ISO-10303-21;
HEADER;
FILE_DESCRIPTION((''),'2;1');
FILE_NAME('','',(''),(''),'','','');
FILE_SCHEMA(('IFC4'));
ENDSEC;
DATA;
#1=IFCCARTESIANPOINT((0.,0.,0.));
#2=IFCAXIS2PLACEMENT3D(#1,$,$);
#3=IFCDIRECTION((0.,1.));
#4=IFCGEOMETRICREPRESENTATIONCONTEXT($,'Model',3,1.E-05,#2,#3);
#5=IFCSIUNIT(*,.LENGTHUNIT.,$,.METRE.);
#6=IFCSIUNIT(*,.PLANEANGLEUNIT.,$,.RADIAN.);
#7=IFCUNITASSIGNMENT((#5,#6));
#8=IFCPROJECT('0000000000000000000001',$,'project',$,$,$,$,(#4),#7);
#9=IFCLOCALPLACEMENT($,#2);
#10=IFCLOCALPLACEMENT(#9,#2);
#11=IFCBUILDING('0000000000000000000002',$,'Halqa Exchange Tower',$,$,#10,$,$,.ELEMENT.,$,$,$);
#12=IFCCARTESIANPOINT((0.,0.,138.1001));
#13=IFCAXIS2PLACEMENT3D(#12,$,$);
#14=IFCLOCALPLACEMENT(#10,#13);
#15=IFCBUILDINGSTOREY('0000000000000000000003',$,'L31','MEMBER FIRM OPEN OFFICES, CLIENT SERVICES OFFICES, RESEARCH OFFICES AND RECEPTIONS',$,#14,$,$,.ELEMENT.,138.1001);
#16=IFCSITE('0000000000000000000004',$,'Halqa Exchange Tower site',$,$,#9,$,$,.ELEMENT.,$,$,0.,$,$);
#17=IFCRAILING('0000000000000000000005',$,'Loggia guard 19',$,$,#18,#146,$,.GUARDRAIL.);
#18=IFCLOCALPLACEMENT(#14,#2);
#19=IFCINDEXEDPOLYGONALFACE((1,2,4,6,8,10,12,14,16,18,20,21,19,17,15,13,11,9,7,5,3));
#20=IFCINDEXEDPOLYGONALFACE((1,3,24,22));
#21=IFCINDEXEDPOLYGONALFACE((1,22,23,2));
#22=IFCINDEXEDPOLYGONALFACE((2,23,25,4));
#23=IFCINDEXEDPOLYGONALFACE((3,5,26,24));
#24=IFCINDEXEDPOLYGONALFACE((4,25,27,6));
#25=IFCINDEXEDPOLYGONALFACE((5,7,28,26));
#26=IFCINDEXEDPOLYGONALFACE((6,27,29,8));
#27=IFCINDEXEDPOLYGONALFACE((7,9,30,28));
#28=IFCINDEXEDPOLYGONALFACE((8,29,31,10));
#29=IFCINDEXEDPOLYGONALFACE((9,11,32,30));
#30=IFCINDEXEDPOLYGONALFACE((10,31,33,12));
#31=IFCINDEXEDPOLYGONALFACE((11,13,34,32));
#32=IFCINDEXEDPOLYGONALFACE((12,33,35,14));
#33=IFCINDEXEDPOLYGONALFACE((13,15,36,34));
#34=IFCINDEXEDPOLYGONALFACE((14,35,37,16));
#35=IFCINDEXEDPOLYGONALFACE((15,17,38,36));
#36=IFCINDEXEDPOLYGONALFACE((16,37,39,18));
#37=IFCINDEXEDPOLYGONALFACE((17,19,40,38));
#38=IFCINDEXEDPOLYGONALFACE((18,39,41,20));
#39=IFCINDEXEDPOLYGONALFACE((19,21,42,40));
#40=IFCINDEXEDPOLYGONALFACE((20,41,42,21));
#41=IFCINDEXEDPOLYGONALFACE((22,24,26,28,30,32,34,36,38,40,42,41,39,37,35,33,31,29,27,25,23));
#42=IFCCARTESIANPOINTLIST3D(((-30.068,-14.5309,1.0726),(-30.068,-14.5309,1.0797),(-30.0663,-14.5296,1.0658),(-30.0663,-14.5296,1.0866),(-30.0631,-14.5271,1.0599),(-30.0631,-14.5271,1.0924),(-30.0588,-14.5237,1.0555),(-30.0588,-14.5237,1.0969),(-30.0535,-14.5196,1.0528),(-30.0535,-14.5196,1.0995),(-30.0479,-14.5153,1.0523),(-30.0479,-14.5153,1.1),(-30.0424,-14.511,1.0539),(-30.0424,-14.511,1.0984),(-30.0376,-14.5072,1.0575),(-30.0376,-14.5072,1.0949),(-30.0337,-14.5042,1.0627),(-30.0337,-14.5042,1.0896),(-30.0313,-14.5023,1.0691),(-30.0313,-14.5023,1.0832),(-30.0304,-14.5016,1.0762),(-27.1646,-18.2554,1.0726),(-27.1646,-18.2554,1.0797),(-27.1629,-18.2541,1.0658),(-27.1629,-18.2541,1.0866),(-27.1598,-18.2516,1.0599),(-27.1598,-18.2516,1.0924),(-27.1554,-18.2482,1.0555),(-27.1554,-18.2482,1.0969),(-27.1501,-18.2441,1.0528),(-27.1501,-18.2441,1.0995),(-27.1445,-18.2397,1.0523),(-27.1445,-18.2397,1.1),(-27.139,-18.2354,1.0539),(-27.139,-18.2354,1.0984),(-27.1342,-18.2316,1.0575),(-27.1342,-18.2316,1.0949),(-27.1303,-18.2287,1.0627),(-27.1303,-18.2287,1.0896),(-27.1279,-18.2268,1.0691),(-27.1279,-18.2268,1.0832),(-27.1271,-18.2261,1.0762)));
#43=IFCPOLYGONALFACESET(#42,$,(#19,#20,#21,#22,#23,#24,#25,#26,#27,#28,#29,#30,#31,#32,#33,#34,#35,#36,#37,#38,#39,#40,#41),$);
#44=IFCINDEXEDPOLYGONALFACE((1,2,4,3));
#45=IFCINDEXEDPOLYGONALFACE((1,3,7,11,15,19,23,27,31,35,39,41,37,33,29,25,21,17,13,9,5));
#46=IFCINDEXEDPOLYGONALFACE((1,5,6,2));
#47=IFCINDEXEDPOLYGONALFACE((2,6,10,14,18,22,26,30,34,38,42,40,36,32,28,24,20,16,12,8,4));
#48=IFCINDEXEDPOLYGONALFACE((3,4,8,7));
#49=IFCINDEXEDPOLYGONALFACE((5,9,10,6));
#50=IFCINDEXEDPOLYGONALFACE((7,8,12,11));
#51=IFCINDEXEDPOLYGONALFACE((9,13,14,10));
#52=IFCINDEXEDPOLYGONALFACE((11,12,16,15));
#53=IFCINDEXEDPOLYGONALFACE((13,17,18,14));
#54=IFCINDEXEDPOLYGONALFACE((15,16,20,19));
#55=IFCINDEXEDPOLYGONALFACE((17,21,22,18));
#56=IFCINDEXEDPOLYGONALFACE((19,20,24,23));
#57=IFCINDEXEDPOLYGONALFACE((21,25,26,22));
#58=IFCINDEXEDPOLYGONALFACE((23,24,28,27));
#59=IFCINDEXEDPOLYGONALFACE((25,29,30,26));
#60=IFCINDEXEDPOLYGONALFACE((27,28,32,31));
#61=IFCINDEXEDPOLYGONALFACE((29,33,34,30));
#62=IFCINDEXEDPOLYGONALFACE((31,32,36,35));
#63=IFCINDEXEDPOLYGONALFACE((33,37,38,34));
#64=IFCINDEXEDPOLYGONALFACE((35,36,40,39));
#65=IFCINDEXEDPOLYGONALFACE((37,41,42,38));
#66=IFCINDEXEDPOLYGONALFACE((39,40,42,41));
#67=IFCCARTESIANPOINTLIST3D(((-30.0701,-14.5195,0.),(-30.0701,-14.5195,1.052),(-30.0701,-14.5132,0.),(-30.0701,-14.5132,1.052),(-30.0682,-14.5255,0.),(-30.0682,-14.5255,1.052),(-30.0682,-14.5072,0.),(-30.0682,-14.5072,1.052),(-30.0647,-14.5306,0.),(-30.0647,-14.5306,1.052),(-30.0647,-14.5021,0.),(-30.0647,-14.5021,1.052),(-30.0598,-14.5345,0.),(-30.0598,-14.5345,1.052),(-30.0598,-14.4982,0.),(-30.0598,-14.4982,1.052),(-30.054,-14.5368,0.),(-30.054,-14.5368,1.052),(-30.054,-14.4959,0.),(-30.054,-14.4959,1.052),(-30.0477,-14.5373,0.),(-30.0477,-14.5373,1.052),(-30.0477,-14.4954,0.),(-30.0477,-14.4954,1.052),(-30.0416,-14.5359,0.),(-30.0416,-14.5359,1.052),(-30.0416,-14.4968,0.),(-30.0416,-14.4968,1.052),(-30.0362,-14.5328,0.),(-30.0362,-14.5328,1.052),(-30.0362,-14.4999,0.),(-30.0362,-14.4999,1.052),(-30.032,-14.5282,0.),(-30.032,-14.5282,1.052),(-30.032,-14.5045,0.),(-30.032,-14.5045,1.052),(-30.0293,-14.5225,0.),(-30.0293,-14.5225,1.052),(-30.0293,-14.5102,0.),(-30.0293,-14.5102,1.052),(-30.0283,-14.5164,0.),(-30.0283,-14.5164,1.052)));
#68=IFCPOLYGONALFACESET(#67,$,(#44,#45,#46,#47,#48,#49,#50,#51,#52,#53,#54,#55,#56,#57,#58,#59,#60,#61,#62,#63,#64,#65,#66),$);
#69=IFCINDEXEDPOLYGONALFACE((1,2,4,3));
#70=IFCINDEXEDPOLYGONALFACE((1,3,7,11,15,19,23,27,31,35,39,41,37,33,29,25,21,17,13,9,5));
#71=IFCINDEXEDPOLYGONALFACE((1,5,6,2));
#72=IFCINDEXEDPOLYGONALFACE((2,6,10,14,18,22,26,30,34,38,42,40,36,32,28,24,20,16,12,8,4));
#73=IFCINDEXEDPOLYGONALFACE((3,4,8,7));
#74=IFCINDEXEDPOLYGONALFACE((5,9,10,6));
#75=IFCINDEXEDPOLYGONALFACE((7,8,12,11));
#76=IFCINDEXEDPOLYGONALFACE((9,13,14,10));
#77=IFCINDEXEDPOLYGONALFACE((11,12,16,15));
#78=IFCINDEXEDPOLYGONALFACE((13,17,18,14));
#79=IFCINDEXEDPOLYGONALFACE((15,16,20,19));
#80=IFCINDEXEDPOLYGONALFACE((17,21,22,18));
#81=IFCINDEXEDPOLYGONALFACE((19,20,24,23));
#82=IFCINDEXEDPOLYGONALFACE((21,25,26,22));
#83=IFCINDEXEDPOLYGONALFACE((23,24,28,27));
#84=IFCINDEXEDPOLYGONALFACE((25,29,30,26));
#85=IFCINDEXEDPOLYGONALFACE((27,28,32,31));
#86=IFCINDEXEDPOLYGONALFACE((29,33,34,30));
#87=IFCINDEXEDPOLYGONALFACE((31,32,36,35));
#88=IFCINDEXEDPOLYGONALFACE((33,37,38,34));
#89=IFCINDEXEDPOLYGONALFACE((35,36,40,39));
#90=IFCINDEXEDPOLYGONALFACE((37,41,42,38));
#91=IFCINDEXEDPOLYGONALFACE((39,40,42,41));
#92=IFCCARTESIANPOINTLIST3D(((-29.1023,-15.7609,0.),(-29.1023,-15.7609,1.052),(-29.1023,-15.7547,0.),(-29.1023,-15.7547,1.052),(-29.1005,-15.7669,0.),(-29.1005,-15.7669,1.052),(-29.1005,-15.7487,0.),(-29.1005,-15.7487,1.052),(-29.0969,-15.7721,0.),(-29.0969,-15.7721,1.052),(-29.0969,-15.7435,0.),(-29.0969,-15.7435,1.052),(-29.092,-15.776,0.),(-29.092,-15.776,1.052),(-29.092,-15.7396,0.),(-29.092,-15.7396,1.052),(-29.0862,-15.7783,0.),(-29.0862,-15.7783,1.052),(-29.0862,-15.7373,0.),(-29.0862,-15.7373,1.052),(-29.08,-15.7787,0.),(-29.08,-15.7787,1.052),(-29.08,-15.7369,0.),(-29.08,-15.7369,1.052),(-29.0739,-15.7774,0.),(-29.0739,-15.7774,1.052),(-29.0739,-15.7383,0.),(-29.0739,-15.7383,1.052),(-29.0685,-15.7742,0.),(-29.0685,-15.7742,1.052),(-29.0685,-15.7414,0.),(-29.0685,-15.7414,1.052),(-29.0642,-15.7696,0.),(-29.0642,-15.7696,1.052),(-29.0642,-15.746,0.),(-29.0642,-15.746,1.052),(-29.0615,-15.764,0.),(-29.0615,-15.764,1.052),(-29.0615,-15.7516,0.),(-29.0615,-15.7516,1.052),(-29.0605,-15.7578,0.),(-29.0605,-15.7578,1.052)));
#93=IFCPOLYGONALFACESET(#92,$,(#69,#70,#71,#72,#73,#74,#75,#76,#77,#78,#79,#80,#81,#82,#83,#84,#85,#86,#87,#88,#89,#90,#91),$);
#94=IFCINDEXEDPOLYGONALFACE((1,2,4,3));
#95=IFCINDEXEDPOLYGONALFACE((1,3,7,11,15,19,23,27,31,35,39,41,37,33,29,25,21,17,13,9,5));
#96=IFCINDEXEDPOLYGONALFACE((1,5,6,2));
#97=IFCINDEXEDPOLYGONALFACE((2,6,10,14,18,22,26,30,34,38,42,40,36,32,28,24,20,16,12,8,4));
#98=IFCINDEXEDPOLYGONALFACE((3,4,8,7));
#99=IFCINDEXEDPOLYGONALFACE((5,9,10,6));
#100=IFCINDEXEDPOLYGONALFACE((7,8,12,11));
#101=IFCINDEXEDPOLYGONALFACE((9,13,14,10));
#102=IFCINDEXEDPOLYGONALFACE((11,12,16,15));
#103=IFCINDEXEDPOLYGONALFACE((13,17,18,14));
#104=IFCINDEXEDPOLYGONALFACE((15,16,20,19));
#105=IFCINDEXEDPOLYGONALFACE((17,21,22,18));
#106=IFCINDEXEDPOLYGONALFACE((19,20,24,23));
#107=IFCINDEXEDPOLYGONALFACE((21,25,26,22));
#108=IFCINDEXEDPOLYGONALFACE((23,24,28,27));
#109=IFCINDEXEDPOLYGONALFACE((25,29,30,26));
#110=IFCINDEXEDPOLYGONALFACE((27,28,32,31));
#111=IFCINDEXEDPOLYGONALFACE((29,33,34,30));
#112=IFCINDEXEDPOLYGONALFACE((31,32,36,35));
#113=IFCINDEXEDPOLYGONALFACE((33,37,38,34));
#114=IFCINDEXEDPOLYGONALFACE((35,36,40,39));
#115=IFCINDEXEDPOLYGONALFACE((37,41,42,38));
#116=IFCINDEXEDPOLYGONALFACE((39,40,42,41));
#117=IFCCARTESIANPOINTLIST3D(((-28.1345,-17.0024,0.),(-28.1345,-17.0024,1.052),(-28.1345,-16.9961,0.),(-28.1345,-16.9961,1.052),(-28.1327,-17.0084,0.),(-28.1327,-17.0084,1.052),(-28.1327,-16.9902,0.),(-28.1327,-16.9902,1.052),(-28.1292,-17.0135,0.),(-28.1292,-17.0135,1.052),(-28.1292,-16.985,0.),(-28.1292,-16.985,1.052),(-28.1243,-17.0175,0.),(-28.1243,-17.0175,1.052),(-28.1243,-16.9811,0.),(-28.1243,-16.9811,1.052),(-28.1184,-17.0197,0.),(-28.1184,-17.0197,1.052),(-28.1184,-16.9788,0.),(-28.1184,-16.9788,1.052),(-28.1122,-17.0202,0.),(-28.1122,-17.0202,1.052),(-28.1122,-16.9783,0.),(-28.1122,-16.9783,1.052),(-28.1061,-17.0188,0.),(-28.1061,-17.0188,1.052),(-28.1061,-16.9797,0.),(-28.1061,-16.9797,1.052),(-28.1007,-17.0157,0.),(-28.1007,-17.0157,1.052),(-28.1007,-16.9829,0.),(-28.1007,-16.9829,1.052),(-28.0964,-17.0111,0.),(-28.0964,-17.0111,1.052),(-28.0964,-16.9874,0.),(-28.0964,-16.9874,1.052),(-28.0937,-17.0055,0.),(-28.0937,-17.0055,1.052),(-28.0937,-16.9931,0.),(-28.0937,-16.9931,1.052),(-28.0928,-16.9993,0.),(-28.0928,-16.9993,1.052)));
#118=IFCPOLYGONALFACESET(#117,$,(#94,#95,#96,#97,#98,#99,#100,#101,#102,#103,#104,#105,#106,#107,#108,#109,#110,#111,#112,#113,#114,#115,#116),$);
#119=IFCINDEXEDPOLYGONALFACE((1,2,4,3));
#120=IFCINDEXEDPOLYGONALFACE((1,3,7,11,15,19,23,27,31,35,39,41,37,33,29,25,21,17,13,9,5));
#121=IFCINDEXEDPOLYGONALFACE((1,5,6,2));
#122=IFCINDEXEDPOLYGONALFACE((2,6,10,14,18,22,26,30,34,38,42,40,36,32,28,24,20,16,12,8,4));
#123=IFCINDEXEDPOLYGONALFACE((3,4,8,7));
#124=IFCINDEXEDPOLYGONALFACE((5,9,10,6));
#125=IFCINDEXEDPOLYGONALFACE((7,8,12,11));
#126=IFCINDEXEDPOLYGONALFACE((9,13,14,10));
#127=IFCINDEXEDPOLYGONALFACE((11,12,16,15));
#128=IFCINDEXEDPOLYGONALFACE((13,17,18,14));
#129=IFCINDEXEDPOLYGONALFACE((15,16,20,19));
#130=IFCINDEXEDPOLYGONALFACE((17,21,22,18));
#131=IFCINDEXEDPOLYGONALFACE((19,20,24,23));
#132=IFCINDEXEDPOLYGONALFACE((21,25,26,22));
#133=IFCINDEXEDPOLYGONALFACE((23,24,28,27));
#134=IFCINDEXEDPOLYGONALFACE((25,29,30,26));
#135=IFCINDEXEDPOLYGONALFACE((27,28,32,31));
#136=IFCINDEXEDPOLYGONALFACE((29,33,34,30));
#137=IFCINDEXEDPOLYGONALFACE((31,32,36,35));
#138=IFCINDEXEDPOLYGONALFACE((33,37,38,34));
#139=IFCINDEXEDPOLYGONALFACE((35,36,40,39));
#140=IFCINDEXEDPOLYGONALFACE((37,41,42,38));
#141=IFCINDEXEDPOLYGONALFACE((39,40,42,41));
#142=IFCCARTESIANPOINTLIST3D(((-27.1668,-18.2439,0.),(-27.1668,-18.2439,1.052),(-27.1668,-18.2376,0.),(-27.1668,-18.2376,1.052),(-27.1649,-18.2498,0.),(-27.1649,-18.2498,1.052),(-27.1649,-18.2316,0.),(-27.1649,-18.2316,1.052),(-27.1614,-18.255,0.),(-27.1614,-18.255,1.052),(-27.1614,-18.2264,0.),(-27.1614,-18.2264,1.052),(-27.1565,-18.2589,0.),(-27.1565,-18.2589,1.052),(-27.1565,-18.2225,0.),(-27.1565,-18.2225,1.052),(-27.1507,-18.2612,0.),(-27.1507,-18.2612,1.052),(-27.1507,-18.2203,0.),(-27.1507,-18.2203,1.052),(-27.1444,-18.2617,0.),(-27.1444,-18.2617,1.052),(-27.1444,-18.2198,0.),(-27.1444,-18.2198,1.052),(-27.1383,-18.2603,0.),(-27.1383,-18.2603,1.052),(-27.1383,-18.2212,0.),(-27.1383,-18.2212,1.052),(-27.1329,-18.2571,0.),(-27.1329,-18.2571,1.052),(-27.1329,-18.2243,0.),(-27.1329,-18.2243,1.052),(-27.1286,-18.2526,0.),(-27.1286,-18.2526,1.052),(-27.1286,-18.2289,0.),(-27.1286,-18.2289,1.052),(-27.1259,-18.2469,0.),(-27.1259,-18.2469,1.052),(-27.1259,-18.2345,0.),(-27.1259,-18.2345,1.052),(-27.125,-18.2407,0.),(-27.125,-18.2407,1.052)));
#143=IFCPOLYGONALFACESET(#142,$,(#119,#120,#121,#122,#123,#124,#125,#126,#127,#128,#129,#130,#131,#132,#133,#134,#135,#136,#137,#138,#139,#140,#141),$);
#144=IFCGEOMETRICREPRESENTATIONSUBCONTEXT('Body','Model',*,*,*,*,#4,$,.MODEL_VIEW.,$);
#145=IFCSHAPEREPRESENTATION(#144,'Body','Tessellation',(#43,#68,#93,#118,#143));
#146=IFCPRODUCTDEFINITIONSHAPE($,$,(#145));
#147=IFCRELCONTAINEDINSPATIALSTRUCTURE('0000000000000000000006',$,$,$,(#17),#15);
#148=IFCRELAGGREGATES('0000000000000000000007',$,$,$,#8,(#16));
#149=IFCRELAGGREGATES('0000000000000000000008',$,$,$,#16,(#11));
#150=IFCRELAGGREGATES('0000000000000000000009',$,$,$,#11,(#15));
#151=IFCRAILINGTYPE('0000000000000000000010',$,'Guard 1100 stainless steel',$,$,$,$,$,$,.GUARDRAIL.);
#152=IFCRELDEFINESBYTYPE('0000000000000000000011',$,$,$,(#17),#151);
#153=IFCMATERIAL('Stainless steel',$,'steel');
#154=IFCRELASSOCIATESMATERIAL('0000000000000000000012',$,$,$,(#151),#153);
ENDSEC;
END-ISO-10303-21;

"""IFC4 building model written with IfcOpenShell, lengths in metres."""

from ifc_helpers import new_model, si_unit, direction, frame, origin, origin_2d, place, context, subcontext, project, spatial, circle, extrude, material, type_object, element, save


model = new_model("IFC4")

# Units and contexts
model_context = context("Model", 3, precision=1e-05, world=origin(), true_north=direction((0.0, 1.0)))
body_context = subcontext(model_context, "Body", "Model", "MODEL_VIEW")
ifc_project = project(units=[si_unit("LENGTHUNIT", "METRE"), si_unit("PLANEANGLEUNIT", "RADIAN")], contexts=[model_context])

# Site, building, storey
site_placement = place(None, origin())
site = spatial("IfcSite", under=ifc_project, at=site_placement, Name="Halqa Exchange Tower site", CompositionType="ELEMENT", RefElevation=0.0)
building_placement = place(site_placement, origin())
building = spatial("IfcBuilding", under=site, at=building_placement, Name="Halqa Exchange Tower", CompositionType="ELEMENT")
storey_placement = place(building_placement, frame((0.0, 0.0, 138.1001)))
storey = spatial("IfcBuildingStorey", under=building, at=storey_placement, Name="L31", Description="MEMBER FIRM OPEN OFFICES, CLIENT SERVICES OFFICES, RESEARCH OFFICES AND RECEPTIONS", CompositionType="ELEMENT", Elevation=138.1001)

# Railing
ifc_material_1 = material(Name="Stainless steel", Category="steel")
railing_type = type_object("IfcRailingType", Name="Guard 1100 stainless steel", PredefinedType="GUARDRAIL", material=ifc_material_1)
railing_1_placement = place(storey_placement, frame((-30.0493, -14.5164, 0.0)))
element("IfcRailing", 1, at=railing_1_placement, inside=storey, type_object=railing_type, Name="Loggia guard 19", PredefinedType="GUARDRAIL", context=body_context, shape_type="SweptSolid", body=[
    extrude(circle(Radius=0.0239, at=origin_2d()), frame((0.0, 0.0, 1.0762), z_axis=(0.61481, -0.788675, 0.0), x_axis=(0.788675, 0.61481, 0.0)), (0.0, 0.0, 1.0), 4.7224),
    extrude(circle(Radius=0.021, at=origin_2d()), origin(), (0.0, 0.0, 1.0), 1.052),
    extrude(circle(Radius=0.021, at=origin_2d()), frame((0.9678, -1.2415, 0.0)), (0.0, 0.0, 1.0), 1.052),
    extrude(circle(Radius=0.021, at=origin_2d()), frame((1.9355, -2.4829, 0.0)), (0.0, 0.0, 1.0), 1.052),
    extrude(circle(Radius=0.021, at=origin_2d()), frame((2.9033, -3.7244, 0.0)), (0.0, 0.0, 1.0), 1.052),
])

save(model, "model.ifc")
